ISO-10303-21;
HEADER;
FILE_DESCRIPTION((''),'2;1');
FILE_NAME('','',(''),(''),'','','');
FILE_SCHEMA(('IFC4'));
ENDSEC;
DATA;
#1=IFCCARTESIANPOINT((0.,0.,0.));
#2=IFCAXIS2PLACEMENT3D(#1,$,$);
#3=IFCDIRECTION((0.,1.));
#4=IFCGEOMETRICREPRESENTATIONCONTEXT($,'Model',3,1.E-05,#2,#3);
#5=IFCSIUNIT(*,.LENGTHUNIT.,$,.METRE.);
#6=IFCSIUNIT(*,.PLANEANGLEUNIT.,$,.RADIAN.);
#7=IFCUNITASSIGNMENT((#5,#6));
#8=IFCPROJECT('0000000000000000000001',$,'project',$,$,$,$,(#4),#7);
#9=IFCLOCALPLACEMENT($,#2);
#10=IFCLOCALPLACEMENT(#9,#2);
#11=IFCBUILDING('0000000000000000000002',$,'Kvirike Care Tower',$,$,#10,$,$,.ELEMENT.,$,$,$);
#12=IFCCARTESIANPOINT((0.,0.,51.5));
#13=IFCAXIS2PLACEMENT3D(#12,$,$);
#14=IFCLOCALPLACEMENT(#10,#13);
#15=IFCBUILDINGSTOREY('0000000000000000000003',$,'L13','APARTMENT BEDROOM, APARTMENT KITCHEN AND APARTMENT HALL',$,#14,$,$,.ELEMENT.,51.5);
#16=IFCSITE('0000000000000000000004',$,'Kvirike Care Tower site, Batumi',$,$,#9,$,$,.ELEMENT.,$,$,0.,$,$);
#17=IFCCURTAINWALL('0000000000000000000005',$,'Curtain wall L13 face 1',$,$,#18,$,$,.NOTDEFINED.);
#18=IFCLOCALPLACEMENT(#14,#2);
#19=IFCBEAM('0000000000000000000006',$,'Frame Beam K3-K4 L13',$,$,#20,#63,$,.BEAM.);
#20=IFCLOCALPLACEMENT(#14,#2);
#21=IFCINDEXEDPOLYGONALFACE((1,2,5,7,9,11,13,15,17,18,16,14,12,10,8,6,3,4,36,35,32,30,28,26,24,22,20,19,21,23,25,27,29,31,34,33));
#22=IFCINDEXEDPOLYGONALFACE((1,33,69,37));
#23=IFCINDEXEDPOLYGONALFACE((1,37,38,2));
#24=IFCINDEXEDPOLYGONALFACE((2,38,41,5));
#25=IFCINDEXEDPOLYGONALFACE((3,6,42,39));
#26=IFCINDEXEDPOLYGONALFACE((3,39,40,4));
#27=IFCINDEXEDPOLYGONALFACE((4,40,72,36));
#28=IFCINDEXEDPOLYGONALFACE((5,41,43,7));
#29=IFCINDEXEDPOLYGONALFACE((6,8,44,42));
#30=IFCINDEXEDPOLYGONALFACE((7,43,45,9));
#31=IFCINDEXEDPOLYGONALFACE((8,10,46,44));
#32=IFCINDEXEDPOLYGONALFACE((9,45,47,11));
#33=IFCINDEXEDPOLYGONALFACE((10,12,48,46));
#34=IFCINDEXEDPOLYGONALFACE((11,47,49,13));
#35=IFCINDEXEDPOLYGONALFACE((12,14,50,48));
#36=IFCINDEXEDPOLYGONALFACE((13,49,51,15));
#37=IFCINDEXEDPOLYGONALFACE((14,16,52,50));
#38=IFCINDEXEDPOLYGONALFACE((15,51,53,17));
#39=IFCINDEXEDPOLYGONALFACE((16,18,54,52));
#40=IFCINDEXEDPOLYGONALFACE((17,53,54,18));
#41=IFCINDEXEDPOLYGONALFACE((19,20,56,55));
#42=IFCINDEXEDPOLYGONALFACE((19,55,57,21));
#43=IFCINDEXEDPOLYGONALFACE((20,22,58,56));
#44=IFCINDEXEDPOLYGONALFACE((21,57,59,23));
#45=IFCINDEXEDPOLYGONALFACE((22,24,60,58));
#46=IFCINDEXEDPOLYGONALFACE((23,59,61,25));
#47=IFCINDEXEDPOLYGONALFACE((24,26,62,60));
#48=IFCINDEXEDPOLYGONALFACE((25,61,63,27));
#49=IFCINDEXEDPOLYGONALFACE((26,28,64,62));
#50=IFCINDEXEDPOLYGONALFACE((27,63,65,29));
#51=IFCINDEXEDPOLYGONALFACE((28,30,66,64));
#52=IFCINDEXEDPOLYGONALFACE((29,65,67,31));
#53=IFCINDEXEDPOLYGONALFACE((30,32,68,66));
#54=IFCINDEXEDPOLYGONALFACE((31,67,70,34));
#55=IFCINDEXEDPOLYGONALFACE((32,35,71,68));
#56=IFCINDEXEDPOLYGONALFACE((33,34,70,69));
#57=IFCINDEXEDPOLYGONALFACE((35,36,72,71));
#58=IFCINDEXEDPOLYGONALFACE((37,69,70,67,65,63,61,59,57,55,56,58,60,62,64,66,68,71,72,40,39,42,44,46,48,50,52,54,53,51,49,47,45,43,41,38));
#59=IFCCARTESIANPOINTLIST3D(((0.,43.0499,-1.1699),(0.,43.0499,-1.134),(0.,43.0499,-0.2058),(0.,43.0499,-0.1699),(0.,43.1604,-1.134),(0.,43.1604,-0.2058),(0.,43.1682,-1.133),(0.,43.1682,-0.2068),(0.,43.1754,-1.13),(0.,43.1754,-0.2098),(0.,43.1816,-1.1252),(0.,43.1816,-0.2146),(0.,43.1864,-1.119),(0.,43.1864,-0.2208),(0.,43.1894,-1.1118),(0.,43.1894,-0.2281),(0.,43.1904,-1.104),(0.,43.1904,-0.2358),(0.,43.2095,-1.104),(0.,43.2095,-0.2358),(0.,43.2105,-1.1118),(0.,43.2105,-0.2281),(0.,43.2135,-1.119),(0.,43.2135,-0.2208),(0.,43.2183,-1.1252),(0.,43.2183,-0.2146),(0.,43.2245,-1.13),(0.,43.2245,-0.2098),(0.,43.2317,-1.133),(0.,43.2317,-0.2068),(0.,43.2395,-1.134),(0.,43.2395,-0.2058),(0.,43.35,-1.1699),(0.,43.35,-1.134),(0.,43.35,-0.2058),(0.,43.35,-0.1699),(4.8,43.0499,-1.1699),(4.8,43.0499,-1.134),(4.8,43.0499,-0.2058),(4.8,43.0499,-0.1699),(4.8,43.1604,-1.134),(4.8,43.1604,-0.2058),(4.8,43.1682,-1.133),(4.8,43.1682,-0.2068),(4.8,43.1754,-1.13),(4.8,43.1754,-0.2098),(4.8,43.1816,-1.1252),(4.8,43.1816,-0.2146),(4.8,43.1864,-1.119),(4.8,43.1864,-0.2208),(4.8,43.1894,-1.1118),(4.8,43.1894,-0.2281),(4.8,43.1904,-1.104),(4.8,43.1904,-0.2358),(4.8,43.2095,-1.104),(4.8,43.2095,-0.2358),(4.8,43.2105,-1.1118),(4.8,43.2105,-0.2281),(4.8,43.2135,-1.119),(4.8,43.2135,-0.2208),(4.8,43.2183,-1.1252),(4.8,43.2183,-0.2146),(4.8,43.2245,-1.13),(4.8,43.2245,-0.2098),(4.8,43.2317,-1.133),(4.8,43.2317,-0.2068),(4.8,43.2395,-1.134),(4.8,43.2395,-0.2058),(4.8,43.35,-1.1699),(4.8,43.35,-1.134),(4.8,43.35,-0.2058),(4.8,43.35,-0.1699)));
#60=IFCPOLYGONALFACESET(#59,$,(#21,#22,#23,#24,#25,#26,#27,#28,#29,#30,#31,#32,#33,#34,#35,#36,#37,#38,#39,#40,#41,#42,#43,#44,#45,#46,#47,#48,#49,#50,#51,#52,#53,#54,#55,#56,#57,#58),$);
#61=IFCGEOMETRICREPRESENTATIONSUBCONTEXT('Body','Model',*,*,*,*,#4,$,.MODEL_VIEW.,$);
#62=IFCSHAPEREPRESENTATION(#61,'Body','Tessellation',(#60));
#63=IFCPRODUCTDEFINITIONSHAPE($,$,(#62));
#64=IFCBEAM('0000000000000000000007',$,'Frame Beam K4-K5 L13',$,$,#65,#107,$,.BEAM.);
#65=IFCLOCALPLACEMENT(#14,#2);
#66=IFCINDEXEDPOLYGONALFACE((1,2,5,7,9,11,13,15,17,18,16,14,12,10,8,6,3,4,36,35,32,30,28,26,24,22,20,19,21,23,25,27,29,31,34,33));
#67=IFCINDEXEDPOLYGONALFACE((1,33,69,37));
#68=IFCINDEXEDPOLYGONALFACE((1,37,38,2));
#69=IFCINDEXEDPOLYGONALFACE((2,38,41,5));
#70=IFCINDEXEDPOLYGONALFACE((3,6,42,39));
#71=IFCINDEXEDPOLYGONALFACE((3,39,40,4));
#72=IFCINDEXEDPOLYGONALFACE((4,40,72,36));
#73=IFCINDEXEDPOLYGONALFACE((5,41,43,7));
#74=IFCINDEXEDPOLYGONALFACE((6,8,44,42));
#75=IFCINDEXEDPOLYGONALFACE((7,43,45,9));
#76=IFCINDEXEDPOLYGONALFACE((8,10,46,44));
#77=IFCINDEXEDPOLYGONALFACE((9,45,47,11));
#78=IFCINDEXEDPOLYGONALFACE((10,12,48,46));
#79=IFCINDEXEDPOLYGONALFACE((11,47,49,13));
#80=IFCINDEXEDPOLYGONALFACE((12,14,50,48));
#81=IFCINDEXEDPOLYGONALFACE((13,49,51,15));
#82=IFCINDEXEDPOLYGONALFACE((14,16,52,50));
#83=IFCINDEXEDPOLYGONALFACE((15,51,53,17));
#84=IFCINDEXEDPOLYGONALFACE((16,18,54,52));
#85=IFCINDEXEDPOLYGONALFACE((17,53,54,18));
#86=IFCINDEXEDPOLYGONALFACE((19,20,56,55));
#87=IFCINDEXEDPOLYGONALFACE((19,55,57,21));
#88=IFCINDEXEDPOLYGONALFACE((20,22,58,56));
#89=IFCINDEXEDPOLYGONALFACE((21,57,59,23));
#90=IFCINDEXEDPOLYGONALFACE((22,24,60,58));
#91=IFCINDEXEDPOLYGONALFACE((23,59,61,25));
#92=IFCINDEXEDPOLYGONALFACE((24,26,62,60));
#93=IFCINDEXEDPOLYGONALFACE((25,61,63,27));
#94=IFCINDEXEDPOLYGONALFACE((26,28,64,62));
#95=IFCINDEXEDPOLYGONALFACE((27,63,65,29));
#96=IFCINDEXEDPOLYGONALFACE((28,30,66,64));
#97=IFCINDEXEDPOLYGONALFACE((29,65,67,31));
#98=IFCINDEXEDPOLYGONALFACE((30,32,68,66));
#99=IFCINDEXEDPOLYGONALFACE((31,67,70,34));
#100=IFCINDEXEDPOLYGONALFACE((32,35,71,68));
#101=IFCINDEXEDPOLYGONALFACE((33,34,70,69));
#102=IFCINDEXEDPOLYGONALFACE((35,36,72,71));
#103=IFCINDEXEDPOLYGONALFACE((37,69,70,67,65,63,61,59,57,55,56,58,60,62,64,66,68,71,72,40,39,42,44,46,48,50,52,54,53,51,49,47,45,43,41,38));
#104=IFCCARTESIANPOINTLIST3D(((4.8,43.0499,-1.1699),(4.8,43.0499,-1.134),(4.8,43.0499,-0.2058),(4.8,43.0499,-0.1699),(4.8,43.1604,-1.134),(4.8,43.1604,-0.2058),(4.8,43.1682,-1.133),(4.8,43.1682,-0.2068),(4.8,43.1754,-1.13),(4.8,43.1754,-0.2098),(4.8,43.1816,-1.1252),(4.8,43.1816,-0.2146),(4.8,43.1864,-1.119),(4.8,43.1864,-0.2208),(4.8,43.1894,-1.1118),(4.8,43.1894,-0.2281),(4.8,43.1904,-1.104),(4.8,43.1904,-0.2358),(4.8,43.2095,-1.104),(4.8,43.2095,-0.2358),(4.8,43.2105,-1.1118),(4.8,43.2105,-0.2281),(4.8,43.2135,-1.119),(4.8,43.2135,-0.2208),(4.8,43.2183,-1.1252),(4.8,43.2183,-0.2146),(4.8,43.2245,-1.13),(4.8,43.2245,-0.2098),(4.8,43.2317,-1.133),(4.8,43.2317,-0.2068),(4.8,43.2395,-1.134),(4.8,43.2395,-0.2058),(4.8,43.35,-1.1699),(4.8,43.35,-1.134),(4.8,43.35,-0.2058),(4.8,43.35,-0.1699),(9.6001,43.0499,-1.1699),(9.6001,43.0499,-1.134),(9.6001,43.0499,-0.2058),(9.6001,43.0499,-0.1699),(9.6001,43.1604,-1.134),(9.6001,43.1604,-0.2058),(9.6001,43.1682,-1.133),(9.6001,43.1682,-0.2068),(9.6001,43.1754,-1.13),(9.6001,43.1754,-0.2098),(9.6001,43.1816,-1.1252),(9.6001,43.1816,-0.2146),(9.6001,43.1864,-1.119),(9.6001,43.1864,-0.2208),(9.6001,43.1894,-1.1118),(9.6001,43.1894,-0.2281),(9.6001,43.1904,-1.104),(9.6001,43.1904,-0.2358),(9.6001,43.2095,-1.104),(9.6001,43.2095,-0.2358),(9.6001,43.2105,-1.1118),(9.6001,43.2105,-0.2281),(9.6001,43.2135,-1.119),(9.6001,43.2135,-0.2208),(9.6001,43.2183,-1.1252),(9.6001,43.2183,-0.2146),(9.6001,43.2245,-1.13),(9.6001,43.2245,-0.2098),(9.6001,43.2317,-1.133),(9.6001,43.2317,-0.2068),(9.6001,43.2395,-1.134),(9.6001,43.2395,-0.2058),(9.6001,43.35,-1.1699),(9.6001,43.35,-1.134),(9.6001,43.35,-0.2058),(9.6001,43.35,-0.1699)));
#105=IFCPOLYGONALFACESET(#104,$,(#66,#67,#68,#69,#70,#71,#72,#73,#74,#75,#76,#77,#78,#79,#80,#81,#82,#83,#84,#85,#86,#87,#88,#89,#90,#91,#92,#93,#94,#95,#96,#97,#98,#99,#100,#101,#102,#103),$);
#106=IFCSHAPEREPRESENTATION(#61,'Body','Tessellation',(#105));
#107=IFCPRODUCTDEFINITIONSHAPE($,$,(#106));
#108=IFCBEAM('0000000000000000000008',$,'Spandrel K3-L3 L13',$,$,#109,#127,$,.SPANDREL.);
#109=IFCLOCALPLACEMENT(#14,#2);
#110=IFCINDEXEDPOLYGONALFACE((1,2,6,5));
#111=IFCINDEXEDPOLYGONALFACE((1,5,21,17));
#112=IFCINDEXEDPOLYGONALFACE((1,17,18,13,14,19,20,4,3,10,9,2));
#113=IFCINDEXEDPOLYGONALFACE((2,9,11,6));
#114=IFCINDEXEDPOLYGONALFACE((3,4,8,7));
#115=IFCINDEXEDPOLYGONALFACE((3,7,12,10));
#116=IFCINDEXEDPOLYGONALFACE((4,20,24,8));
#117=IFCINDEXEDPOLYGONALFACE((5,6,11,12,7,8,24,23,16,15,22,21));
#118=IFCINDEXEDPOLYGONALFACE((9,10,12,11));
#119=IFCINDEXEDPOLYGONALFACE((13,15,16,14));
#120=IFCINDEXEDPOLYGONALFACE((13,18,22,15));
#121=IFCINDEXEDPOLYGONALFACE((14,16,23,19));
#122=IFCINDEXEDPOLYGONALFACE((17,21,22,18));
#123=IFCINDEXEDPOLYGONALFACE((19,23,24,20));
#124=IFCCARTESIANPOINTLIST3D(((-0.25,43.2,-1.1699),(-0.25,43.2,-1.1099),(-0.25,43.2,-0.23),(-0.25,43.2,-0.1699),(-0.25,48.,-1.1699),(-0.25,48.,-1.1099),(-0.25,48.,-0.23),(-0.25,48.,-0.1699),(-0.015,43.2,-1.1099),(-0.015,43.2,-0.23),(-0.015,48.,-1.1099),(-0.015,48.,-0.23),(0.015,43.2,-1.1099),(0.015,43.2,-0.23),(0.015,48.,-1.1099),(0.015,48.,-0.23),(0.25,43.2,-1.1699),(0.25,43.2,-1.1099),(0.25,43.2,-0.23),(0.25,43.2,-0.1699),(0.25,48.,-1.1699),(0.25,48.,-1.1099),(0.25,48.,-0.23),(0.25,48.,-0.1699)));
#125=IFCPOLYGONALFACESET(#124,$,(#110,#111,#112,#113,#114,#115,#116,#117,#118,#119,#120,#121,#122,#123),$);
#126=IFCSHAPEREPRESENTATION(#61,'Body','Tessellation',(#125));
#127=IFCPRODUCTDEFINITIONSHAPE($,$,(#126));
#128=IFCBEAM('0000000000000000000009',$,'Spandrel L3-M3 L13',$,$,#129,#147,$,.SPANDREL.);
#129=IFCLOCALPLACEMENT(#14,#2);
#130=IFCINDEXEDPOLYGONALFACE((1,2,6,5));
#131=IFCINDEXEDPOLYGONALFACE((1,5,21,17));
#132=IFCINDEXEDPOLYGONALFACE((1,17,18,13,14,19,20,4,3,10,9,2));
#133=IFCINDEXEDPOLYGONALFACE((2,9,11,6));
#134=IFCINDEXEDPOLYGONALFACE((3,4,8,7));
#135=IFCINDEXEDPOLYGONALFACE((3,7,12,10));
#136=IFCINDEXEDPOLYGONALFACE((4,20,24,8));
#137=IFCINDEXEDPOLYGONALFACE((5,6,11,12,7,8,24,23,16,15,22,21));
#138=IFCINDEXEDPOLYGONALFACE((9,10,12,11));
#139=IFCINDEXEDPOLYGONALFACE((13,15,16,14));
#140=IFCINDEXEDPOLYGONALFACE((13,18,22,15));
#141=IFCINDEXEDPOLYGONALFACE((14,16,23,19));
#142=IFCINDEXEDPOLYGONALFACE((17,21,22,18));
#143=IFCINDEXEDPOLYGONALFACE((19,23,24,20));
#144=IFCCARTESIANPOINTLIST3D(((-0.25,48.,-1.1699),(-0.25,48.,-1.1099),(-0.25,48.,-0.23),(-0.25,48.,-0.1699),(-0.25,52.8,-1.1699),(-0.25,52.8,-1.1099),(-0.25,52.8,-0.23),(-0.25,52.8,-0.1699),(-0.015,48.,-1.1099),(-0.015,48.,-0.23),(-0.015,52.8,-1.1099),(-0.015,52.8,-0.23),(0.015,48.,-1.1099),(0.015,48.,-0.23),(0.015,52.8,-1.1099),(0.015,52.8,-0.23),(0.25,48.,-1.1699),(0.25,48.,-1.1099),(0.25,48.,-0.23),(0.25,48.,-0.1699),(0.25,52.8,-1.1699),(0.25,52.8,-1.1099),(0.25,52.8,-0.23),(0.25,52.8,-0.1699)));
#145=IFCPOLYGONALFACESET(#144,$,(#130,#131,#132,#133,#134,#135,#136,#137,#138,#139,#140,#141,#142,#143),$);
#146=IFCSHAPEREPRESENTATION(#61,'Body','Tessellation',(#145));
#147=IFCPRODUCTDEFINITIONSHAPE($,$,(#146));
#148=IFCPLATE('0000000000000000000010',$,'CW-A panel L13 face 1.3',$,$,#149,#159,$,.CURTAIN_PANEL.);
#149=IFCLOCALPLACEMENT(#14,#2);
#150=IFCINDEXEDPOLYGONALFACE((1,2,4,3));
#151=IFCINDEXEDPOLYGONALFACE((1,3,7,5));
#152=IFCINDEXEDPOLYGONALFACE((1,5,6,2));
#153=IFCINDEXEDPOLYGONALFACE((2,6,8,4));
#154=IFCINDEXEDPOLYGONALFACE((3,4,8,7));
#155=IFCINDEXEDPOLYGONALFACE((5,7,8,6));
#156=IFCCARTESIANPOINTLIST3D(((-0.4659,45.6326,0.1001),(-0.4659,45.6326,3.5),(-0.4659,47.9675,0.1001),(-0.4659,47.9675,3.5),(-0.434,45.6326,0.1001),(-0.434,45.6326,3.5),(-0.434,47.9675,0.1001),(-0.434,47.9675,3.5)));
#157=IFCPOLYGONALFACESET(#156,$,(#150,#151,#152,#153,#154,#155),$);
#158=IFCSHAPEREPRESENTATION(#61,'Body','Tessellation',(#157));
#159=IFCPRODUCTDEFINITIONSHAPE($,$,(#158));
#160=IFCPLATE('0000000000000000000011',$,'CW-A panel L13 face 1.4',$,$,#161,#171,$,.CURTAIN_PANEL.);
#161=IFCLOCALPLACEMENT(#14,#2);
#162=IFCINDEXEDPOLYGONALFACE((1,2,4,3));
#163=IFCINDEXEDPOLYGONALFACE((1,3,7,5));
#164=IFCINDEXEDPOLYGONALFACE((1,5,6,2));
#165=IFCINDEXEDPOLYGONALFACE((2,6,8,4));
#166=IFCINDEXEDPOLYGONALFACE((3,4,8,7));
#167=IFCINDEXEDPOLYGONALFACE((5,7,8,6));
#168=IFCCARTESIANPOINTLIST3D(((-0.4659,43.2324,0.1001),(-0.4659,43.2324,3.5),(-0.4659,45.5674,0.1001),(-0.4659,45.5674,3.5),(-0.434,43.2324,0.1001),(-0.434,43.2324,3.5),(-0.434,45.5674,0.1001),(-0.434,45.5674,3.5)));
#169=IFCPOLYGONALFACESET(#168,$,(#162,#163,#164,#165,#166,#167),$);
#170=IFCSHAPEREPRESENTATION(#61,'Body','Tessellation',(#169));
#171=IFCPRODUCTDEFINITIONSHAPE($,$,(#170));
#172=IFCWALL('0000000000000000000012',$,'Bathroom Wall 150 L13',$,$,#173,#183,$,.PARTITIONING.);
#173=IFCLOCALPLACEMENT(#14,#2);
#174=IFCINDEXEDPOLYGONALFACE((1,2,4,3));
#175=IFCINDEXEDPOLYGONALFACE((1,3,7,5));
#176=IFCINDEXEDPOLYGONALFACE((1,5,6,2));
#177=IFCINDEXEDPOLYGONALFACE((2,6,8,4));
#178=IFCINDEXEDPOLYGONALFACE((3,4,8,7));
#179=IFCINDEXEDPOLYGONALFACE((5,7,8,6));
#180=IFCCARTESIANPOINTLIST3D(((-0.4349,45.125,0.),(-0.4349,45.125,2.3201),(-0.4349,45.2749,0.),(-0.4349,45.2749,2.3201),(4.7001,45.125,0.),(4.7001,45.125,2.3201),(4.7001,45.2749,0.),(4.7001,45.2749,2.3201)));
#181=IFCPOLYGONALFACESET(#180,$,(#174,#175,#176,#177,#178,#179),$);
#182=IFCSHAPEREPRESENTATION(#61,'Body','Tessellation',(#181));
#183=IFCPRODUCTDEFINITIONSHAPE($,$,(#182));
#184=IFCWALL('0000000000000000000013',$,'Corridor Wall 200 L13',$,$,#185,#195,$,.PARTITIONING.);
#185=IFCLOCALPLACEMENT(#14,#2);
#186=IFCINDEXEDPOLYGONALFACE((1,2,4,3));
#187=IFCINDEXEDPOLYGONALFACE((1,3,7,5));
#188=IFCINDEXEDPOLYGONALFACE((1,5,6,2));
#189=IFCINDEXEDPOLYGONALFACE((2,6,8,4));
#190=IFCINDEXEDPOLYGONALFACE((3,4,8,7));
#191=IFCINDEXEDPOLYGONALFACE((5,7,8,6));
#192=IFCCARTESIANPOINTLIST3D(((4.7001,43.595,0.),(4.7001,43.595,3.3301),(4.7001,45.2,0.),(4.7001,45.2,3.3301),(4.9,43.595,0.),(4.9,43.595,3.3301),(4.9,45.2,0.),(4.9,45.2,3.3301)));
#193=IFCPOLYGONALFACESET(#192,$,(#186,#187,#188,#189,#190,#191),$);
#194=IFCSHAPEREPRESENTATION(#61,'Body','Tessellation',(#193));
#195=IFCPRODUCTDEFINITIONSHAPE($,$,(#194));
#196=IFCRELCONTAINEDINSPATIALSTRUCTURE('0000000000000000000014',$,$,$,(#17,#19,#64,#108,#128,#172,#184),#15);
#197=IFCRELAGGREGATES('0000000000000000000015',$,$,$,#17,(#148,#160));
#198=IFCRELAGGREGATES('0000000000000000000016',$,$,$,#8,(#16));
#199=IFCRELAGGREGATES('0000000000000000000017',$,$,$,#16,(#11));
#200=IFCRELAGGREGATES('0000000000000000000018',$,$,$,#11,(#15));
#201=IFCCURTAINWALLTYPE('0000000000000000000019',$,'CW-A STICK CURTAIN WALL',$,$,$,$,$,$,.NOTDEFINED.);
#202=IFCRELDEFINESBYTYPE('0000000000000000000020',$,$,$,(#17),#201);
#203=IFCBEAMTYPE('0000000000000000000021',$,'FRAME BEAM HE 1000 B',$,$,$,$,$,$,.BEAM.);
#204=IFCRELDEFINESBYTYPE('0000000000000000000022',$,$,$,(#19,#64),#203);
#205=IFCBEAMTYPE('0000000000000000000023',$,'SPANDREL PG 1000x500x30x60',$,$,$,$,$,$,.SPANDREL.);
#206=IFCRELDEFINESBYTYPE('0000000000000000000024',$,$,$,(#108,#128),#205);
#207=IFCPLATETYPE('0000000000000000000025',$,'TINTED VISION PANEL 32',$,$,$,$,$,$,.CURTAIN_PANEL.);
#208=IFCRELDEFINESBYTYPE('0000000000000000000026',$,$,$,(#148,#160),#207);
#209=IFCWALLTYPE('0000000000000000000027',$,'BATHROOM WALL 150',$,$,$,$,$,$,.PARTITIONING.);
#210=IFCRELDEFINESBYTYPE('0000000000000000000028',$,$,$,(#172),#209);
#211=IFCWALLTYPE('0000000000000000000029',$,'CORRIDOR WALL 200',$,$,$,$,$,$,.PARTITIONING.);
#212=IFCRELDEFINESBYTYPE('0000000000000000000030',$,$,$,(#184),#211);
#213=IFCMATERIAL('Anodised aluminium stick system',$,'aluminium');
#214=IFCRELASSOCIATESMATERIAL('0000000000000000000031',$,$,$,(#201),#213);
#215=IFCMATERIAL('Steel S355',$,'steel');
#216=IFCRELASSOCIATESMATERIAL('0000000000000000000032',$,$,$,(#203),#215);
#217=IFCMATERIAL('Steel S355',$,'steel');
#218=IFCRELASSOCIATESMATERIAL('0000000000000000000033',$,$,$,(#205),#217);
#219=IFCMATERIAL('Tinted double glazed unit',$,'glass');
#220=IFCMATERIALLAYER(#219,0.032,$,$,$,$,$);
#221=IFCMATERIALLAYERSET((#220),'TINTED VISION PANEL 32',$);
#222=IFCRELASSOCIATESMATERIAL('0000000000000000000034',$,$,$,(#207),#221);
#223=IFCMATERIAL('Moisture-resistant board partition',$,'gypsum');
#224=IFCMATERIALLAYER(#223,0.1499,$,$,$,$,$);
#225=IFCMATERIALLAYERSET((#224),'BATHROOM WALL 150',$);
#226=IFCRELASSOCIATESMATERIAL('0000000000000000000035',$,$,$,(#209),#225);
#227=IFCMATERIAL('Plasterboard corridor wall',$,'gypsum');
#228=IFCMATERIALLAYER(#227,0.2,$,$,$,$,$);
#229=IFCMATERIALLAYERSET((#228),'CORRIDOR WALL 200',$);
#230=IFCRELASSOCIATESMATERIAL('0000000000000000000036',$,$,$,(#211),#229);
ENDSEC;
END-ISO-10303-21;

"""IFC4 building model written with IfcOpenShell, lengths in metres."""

from ifc_helpers import new_model, si_unit, direction, frame, frame_2d, origin, origin_2d, place, context, subcontext, project, spatial, rectangle, i_section, extrude, material, layer, layer_set, material_profile, profile_set, type_object, element, aggregate, save


model = new_model("IFC4")

# Units and contexts
model_context = context("Model", 3, precision=1e-05, world=origin(), true_north=direction((0.0, 1.0)))
body_context = subcontext(model_context, "Body", "Model", "MODEL_VIEW")
ifc_project = project(units=[si_unit("LENGTHUNIT", "METRE"), si_unit("PLANEANGLEUNIT", "RADIAN")], contexts=[model_context])

# Site, building, storey
site_placement = place(None, origin())
site = spatial("IfcSite", under=ifc_project, at=site_placement, Name="Kvirike Care Tower site, Batumi", CompositionType="ELEMENT", RefElevation=0.0)
building_placement = place(site_placement, origin())
building = spatial("IfcBuilding", under=site, at=building_placement, Name="Kvirike Care Tower", CompositionType="ELEMENT")
storey_placement = place(building_placement, frame((0.0, 0.0, 51.5)))
storey = spatial("IfcBuildingStorey", under=building, at=storey_placement, Name="L13", Description="APARTMENT BEDROOM, APARTMENT KITCHEN AND APARTMENT HALL", CompositionType="ELEMENT", Elevation=51.5)

# Curtain wall
ifc_material_1 = material(Name="Anodised aluminium stick system", Category="aluminium")
curtain_wall_type = type_object("IfcCurtainWallType", Name="CW-A STICK CURTAIN WALL", PredefinedType="NOTDEFINED", material=ifc_material_1)
curtain_wall_placement = place(storey_placement, origin())
curtain_wall = element("IfcCurtainWall", 1, at=curtain_wall_placement, inside=storey, type_object=curtain_wall_type, Name="Curtain wall L13 face 1", PredefinedType="NOTDEFINED")

# Beams
ifc_material_2 = material(Name="Steel S355", Category="steel")
ifc_material_profile_1 = material_profile(ifc_material_2, i_section(OverallWidth=0.3, OverallDepth=1.0, WebThickness=0.019, FlangeThickness=0.0359, FilletRadius=0.03, at=origin_2d()), Name="HE 1000 B")
ifc_profile_set_1 = profile_set([ifc_material_profile_1], Name="Steel S355")
beam_type_1 = type_object("IfcBeamType", Name="FRAME BEAM HE 1000 B", PredefinedType="BEAM", material=ifc_profile_set_1)
for number, where, z_axis, x_axis, name in (
    (2, (0.0, 43.2, -0.6699), (1.0, 0.0, 0.0), (0.0, 1.0, 0.0), "Frame Beam K3-K4 L13"),
    (3, (4.8, 43.2, -0.6699), (1.0, 0.0, 0.0), (0.0, 1.0, 0.0), "Frame Beam K4-K5 L13"),
):
    element("IfcBeam", number, at=place(storey_placement, frame(where, z_axis=z_axis, x_axis=x_axis)), inside=storey, type_object=beam_type_1, Name=name, PredefinedType="BEAM", context=body_context, shape_type="SweptSolid", body=[
        extrude(i_section(OverallWidth=0.3, OverallDepth=1.0, WebThickness=0.019, FlangeThickness=0.0359, FilletRadius=0.03, at=origin_2d()), origin(), (0.0, 0.0, 1.0), 4.8),
    ])
ifc_material_3 = material(Name="Steel S355", Category="steel")
ifc_material_profile_2 = material_profile(ifc_material_3, i_section(OverallWidth=0.5, OverallDepth=1.0, WebThickness=0.03, FlangeThickness=0.0601, at=origin_2d()), Name="PG 1000x500x30x60")
ifc_profile_set_2 = profile_set([ifc_material_profile_2], Name="Steel S355")
beam_type_2 = type_object("IfcBeamType", Name="SPANDREL PG 1000x500x30x60", PredefinedType="SPANDREL", material=ifc_profile_set_2)
for number, where, z_axis, x_axis, name in (
    (4, (0.0, 43.2, -0.6699), (0.0, 1.0, 0.0), (-1.0, 0.0, 0.0), "Spandrel K3-L3 L13"),
    (5, (0.0, 48.0, -0.6699), (0.0, 1.0, 0.0), (-1.0, 0.0, 0.0), "Spandrel L3-M3 L13"),
):
    element("IfcBeam", number, at=place(storey_placement, frame(where, z_axis=z_axis, x_axis=x_axis)), inside=storey, type_object=beam_type_2, Name=name, PredefinedType="SPANDREL", context=body_context, shape_type="SweptSolid", body=[
        extrude(i_section(OverallWidth=0.5, OverallDepth=1.0, WebThickness=0.03, FlangeThickness=0.0601, at=origin_2d()), origin(), (0.0, 0.0, 1.0), 4.8),
    ])

# Plates
ifc_material_4 = material(Name="Tinted double glazed unit", Category="glass")
ifc_layer_1 = layer(ifc_material_4, 0.032)
ifc_layer_set_1 = layer_set([ifc_layer_1], Name="TINTED VISION PANEL 32")
plate_type = type_object("IfcPlateType", Name="TINTED VISION PANEL 32", PredefinedType="CURTAIN_PANEL", material=ifc_layer_set_1)
plate_1_placement = place(storey_placement, frame((-0.45, 46.8, 0.1001), z_axis=(0.0, 0.0, 1.0), x_axis=(0.0, -1.0, 0.0)))
plate_1 = element("IfcPlate", 6, at=plate_1_placement, type_object=plate_type, Name="CW-A panel L13 face 1.3", PredefinedType="CURTAIN_PANEL", context=body_context, shape_type="SweptSolid", body=[
    extrude(rectangle(XDim=2.335, YDim=0.032, at=origin_2d()), origin(), (0.0, 0.0, 1.0), 3.3999),
])
plate_2_placement = place(storey_placement, frame((-0.45, 44.3999, 0.1001), z_axis=(0.0, 0.0, 1.0), x_axis=(0.0, -1.0, 0.0)))
plate_2 = element("IfcPlate", 7, at=plate_2_placement, type_object=plate_type, Name="CW-A panel L13 face 1.4", PredefinedType="CURTAIN_PANEL", context=body_context, shape_type="SweptSolid", body=[
    extrude(rectangle(XDim=2.335, YDim=0.032, at=origin_2d()), origin(), (0.0, 0.0, 1.0), 3.3999),
])
aggregate(curtain_wall, [plate_1, plate_2])

# Walls
ifc_material_5 = material(Name="Moisture-resistant board partition", Category="gypsum")
ifc_layer_2 = layer(ifc_material_5, 0.1499)
ifc_layer_set_2 = layer_set([ifc_layer_2], Name="BATHROOM WALL 150")
wall_type_1 = type_object("IfcWallType", Name="BATHROOM WALL 150", PredefinedType="PARTITIONING", material=ifc_layer_set_2)
wall_1_placement = place(storey_placement, frame((4.7, 45.2, 0.0), z_axis=(0.0, 0.0, 1.0), x_axis=(-1.0, 0.0, 0.0)))
element("IfcWall", 8, at=wall_1_placement, inside=storey, type_object=wall_type_1, Name="Bathroom Wall 150 L13", PredefinedType="PARTITIONING", context=body_context, shape_type="SweptSolid", body=[
    extrude(rectangle(XDim=5.135, YDim=0.1499, at=frame_2d((2.5674, 0.0))), origin(), (0.0, 0.0, 1.0), 2.3201),
])
ifc_material_6 = material(Name="Plasterboard corridor wall", Category="gypsum")
ifc_layer_3 = layer(ifc_material_6, 0.2)
ifc_layer_set_3 = layer_set([ifc_layer_3], Name="CORRIDOR WALL 200")
wall_type_2 = type_object("IfcWallType", Name="CORRIDOR WALL 200", PredefinedType="PARTITIONING", material=ifc_layer_set_3)
wall_2_placement = place(storey_placement, frame((4.8, 45.2, 0.0), z_axis=(0.0, 0.0, 1.0), x_axis=(0.0, -1.0, 0.0)))
element("IfcWall", 9, at=wall_2_placement, inside=storey, type_object=wall_type_2, Name="Corridor Wall 200 L13", PredefinedType="PARTITIONING", context=body_context, shape_type="SweptSolid", body=[
    extrude(rectangle(XDim=1.605, YDim=0.2, at=frame_2d((0.8025, 0.0))), origin(), (0.0, 0.0, 1.0), 3.3301),
])

save(model, "model.ifc")
